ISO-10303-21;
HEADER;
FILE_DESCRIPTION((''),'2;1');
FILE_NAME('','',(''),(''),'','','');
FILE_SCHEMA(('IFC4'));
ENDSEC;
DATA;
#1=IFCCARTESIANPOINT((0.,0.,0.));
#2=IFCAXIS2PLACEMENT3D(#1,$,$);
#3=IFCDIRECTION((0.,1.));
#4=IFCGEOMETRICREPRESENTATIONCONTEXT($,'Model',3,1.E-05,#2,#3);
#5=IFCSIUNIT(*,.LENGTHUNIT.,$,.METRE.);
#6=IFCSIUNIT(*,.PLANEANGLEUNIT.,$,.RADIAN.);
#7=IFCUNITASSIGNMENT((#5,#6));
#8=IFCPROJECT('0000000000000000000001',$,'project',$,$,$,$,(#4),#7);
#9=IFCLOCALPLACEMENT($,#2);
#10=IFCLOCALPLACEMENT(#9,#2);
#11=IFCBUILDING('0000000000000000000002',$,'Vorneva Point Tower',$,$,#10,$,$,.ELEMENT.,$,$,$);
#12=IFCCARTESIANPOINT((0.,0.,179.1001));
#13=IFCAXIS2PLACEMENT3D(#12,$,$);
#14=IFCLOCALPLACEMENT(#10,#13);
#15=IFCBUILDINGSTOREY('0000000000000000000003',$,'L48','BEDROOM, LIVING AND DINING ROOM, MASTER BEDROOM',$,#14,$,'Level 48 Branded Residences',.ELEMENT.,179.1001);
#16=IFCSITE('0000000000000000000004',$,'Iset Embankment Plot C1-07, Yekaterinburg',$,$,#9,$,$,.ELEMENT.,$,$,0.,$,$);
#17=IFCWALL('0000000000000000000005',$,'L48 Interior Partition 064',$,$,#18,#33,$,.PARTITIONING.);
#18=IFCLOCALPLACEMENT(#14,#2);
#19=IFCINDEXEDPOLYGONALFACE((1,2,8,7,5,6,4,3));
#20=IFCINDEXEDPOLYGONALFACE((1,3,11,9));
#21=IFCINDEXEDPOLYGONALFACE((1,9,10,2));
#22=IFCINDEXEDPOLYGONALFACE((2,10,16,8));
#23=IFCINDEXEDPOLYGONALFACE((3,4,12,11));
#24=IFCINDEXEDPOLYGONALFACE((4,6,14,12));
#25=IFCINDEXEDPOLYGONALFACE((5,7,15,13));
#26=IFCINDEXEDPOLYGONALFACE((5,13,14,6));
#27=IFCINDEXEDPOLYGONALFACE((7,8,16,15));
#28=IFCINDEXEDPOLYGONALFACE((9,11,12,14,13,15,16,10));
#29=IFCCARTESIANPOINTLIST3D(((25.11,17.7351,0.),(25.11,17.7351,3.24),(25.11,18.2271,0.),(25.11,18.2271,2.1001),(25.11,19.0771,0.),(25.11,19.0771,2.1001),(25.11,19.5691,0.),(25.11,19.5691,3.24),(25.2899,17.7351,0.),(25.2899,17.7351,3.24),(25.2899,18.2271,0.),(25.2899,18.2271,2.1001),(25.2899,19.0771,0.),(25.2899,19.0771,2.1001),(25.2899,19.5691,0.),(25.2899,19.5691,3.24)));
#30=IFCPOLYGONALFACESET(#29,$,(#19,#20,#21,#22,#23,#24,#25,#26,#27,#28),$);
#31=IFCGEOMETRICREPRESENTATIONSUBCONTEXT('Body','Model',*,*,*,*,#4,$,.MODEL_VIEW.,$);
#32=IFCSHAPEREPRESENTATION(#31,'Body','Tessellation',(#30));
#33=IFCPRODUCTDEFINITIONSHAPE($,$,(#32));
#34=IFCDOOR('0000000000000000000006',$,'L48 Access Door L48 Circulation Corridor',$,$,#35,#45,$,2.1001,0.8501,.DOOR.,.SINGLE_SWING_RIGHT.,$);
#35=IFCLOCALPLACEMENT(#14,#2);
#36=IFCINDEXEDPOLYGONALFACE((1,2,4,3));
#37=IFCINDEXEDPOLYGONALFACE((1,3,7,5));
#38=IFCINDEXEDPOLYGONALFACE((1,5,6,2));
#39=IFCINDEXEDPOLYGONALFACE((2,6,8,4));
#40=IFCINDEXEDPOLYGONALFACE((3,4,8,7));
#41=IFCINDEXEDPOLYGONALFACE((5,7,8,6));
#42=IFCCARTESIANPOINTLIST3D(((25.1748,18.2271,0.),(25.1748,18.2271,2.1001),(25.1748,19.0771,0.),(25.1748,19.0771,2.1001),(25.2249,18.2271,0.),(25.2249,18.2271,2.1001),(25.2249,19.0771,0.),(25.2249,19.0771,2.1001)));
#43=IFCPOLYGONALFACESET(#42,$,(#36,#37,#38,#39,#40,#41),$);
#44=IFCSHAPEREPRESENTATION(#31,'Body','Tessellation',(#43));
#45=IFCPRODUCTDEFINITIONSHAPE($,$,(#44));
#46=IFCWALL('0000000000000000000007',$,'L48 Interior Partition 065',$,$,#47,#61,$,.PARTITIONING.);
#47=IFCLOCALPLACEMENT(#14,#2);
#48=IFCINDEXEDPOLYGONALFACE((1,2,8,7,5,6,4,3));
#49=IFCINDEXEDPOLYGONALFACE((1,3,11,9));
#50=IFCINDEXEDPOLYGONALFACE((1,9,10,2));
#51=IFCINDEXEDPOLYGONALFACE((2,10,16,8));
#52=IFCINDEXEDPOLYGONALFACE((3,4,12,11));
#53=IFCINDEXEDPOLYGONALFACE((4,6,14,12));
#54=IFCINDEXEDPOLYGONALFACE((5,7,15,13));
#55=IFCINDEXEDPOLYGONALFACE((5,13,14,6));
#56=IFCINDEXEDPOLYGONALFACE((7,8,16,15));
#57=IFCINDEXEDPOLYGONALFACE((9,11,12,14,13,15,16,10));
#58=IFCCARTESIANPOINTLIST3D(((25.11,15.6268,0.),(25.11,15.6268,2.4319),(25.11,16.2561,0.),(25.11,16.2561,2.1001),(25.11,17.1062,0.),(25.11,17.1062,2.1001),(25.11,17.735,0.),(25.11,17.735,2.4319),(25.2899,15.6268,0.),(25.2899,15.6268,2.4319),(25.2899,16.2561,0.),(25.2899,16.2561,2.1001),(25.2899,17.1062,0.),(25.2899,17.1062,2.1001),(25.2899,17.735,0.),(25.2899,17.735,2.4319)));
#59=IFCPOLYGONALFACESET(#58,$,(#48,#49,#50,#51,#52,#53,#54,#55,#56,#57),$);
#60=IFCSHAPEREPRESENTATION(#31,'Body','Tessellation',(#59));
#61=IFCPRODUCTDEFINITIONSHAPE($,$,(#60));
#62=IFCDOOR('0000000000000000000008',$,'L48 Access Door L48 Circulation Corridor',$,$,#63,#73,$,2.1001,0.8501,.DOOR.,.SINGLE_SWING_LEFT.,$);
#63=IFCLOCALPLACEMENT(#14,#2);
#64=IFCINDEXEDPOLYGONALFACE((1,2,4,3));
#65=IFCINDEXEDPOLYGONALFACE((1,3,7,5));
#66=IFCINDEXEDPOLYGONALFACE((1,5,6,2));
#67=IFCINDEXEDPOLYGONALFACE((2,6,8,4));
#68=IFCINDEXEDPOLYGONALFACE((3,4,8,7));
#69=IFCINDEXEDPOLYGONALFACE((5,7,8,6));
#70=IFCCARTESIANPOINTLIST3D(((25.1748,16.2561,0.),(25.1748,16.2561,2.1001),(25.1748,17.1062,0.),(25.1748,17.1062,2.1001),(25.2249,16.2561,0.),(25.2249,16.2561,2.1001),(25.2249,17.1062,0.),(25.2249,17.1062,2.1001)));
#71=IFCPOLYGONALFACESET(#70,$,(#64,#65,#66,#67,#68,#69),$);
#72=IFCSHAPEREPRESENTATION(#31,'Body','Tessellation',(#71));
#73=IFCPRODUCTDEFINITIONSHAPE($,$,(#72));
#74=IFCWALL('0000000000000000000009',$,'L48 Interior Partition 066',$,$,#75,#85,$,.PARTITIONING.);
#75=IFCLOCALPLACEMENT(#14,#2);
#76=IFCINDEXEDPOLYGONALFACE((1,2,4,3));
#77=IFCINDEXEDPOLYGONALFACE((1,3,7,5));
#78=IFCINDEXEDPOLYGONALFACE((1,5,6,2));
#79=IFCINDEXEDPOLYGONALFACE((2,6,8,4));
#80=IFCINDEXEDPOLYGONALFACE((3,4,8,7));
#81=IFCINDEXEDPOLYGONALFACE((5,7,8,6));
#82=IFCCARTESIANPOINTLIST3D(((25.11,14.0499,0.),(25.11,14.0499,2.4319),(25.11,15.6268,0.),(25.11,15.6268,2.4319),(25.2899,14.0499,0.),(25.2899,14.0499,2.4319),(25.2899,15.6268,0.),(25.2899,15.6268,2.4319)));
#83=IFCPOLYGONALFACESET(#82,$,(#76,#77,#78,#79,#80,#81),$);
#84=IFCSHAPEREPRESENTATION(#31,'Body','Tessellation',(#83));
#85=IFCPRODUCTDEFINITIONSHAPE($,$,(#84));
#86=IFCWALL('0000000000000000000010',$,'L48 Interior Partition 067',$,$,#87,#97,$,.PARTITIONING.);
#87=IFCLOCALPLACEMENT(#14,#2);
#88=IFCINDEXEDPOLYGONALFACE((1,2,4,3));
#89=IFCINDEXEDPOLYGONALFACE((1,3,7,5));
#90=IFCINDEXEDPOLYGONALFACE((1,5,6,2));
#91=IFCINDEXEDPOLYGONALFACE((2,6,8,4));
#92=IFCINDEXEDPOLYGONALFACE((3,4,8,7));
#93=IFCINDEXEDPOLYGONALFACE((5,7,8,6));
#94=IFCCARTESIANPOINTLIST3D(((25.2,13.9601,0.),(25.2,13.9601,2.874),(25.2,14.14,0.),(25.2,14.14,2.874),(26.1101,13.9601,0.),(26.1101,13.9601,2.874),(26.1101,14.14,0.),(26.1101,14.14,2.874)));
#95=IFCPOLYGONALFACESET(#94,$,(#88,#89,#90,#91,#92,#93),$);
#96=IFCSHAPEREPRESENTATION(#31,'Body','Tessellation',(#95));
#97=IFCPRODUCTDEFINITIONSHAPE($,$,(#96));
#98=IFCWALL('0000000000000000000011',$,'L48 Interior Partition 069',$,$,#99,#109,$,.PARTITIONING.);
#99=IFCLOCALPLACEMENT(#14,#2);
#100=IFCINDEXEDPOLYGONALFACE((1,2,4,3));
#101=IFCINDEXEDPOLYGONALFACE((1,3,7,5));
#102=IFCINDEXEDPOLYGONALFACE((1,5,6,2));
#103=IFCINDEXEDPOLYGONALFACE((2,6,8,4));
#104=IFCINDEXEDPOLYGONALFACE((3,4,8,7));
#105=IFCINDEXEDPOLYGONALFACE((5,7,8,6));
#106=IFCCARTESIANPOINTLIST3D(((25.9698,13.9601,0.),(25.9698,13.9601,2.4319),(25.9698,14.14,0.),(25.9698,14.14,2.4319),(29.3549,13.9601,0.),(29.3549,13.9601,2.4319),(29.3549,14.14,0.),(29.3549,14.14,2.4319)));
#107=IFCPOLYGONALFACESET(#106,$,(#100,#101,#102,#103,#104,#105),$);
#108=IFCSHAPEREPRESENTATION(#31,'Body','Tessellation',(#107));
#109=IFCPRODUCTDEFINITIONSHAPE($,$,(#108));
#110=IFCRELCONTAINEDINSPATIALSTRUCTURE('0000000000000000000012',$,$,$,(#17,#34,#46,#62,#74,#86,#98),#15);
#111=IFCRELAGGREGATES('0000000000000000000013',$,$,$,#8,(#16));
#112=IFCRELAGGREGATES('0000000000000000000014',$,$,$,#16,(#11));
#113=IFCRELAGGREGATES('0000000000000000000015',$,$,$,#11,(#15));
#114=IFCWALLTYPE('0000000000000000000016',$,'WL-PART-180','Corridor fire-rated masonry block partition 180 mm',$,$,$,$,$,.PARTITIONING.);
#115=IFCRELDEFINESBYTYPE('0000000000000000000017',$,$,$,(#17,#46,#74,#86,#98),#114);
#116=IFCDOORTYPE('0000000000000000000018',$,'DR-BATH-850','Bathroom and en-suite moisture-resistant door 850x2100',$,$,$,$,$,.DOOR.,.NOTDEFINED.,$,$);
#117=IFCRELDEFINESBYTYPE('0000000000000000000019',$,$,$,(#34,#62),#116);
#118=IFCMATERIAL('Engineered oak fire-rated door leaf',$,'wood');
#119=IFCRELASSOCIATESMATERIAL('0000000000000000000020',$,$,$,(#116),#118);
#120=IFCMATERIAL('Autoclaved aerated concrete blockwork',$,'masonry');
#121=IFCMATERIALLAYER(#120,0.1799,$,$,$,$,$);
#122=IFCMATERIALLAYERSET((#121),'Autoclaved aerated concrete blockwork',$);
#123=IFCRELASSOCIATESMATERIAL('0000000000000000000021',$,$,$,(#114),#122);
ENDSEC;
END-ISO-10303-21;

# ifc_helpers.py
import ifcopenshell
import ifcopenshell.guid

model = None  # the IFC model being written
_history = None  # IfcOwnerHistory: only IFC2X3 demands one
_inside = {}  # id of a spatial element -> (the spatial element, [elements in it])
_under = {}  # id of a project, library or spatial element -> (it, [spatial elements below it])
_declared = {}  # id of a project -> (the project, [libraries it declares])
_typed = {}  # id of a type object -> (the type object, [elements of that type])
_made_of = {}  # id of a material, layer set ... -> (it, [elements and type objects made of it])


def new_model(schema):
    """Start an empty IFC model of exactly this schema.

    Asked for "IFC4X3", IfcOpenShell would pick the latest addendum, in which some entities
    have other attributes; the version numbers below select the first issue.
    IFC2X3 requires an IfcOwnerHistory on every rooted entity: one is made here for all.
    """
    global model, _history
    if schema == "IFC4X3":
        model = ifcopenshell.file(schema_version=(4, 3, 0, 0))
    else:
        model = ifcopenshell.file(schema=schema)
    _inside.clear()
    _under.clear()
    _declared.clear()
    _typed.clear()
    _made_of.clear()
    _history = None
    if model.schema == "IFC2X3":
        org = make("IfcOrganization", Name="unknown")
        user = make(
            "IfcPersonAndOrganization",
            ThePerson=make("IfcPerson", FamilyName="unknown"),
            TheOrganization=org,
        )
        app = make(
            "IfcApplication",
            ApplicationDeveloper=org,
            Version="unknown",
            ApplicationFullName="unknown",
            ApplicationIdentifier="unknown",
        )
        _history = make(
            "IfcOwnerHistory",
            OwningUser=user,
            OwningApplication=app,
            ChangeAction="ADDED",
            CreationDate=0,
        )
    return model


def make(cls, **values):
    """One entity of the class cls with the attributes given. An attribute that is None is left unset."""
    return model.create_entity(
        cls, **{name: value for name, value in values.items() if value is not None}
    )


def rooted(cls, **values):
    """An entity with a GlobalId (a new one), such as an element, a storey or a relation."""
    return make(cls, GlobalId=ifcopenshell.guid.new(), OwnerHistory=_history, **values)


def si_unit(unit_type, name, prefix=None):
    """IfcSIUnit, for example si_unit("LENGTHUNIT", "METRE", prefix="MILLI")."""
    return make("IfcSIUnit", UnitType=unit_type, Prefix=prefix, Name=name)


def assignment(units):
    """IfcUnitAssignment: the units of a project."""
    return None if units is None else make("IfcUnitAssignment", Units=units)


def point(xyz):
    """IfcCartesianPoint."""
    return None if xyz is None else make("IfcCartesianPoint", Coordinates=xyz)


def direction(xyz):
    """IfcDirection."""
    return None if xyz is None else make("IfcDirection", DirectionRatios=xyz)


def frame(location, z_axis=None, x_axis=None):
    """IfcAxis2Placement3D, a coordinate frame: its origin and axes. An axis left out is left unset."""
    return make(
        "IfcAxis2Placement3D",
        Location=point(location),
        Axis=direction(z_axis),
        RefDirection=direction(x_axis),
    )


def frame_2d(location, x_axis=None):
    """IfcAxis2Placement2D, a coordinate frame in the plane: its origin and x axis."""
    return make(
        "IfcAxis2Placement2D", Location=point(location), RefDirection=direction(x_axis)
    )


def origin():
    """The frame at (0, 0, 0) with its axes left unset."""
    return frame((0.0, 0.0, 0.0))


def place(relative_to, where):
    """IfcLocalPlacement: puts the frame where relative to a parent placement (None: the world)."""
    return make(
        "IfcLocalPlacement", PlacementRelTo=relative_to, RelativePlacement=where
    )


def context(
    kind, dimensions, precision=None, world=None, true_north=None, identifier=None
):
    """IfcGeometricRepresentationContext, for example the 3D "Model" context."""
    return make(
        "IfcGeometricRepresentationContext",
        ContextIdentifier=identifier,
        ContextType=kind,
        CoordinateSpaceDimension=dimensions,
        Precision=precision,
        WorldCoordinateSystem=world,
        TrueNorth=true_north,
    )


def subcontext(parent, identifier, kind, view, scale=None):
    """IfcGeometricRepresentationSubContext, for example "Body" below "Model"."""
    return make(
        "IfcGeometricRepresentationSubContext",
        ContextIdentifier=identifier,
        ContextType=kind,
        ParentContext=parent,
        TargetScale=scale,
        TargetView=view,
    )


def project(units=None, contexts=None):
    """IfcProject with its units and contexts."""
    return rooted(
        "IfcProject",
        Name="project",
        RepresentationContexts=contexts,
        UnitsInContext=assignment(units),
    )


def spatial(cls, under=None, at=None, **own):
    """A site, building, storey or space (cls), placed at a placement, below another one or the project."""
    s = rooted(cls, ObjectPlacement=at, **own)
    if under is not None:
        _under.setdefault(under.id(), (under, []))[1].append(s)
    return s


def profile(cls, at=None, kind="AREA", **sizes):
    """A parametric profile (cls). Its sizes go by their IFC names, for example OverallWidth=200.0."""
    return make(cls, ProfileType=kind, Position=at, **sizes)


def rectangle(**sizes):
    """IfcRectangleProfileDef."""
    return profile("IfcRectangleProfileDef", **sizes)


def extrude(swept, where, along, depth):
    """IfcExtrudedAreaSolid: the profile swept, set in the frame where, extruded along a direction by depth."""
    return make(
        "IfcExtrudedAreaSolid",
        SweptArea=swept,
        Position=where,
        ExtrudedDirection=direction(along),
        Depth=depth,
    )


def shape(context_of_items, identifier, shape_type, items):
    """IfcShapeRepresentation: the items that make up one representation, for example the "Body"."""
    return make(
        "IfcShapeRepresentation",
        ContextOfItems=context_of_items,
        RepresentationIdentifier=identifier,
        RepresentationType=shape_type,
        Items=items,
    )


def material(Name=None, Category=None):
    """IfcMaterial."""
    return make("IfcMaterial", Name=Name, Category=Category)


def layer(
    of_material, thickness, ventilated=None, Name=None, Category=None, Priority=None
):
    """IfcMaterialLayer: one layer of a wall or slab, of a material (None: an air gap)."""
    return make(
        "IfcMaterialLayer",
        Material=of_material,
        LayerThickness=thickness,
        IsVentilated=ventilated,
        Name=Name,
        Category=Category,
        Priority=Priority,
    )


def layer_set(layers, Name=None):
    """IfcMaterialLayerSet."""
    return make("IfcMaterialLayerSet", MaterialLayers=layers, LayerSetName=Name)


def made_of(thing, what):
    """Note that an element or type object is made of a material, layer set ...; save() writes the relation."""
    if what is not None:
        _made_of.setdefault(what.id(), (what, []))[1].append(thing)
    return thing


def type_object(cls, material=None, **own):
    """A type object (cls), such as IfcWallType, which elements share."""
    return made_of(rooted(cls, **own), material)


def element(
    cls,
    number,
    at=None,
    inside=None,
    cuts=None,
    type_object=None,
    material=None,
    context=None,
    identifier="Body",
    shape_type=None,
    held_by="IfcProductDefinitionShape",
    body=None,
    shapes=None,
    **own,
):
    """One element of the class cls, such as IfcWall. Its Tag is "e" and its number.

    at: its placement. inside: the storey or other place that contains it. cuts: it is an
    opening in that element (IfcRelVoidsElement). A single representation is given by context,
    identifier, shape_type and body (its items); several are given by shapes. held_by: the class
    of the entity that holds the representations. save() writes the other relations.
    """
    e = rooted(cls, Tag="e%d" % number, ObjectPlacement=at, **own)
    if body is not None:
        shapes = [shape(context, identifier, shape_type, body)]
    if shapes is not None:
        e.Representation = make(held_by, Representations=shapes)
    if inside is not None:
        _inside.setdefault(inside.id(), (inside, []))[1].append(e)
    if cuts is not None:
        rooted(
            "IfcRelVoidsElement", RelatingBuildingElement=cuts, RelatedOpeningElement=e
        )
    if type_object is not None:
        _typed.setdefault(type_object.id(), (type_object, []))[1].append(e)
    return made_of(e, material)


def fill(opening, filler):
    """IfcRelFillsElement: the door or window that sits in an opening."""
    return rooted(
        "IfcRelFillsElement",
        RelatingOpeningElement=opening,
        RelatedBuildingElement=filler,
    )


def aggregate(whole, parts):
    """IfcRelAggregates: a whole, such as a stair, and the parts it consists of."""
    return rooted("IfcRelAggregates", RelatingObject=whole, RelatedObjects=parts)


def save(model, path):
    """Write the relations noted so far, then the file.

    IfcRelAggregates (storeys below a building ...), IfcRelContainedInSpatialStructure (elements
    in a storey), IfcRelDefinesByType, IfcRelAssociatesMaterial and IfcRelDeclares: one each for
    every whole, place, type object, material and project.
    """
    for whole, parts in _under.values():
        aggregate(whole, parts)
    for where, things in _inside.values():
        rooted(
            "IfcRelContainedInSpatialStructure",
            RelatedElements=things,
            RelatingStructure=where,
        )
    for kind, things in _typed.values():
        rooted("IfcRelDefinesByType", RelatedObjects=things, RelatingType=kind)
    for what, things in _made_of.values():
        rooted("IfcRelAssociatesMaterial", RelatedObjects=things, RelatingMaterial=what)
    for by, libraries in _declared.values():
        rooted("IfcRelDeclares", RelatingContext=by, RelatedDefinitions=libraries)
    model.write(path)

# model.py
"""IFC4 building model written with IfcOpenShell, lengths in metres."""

from ifc_helpers import new_model, si_unit, direction, frame, frame_2d, origin, place, context, subcontext, project, spatial, rectangle, extrude, material, layer, layer_set, type_object, element, fill, save


model = new_model("IFC4")

# Units and contexts
model_context = context("Model", 3, precision=1e-05, world=origin(), true_north=direction((0.0, 1.0)))
body_context = subcontext(model_context, "Body", "Model", "MODEL_VIEW")
ifc_project = project(units=[si_unit("LENGTHUNIT", "METRE"), si_unit("PLANEANGLEUNIT", "RADIAN")], contexts=[model_context])

# Site, building, storey
site_placement = place(None, origin())
site = spatial("IfcSite", under=ifc_project, at=site_placement, Name="Iset Embankment Plot C1-07, Yekaterinburg", CompositionType="ELEMENT", RefElevation=0.0)
building_placement = place(site_placement, origin())
building = spatial("IfcBuilding", under=site, at=building_placement, Name="Vorneva Point Tower", CompositionType="ELEMENT")
storey_placement = place(building_placement, frame((0.0, 0.0, 179.1001)))
storey = spatial("IfcBuildingStorey", under=building, at=storey_placement, Name="L48", Description="BEDROOM, LIVING AND DINING ROOM, MASTER BEDROOM", LongName="Level 48 Branded Residences", CompositionType="ELEMENT", Elevation=179.1001)

# Shared definitions
ifc_material_1 = material(Name="Engineered oak fire-rated door leaf", Category="wood")
door_type_1 = type_object("IfcDoorType", Name="DR-BATH-850", Description="Bathroom and en-suite moisture-resistant door 850x2100", OperationType="NOTDEFINED", PredefinedType="DOOR", material=ifc_material_1)

# Shared definitions
ifc_material_2 = material(Name="Autoclaved aerated concrete blockwork", Category="masonry")
ifc_layer_1 = layer(ifc_material_2, 0.1799)
ifc_layer_set_1 = layer_set([ifc_layer_1], Name="Autoclaved aerated concrete blockwork")
wall_type_1 = type_object("IfcWallType", Name="WL-PART-180", Description="Corridor fire-rated masonry block partition 180 mm", PredefinedType="PARTITIONING", material=ifc_layer_set_1)

# Walls, openings, doors
wall_1_placement = place(storey_placement, frame((25.2, 19.5691, 0.0), z_axis=(0.0, 0.0, 1.0), x_axis=(0.0, -1.0, 0.0)))
wall_1 = element("IfcWall", 1, at=wall_1_placement, inside=storey, type_object=wall_type_1, Name="L48 Interior Partition 064", PredefinedType="PARTITIONING", context=body_context, shape_type="SweptSolid", body=[
    extrude(rectangle(XDim=1.834, YDim=0.1799, at=frame_2d((0.917, 0.0))), origin(), (0.0, 0.0, 1.0), 3.24),
])
opening_1_placement = place(wall_1_placement, frame((0.4919, 0.0, 0.0)))
opening_1 = element("IfcOpeningElement", 2, at=opening_1_placement, cuts=wall_1, PredefinedType="OPENING", context=body_context, shape_type="SweptSolid", body=[
    extrude(rectangle(XDim=0.8501, YDim=2.1001, at=frame_2d((0.425, 1.05))), frame((0.0, 0.105, 0.0), z_axis=(0.0, -1.0, 0.0), x_axis=(1.0, 0.0, 0.0)), (0.0, 0.0, 1.0), 0.2097),
])
door_1_placement = place(opening_1_placement, origin())
door_1 = element("IfcDoor", 3, at=door_1_placement, inside=storey, type_object=door_type_1, Name="L48 Access Door L48 Circulation Corridor", OperationType="SINGLE_SWING_RIGHT", OverallHeight=2.1001, OverallWidth=0.8501, PredefinedType="DOOR", context=body_context, shape_type="SweptSolid", body=[
    extrude(rectangle(XDim=0.8501, YDim=2.1001, at=frame_2d((0.425, 1.05))), frame((0.0, 0.0249, 0.0), z_axis=(0.0, -1.0, 0.0), x_axis=(1.0, 0.0, 0.0)), (0.0, 0.0, 1.0), 0.05),
])
fill(opening_1, door_1)
wall_2_placement = place(storey_placement, frame((25.2, 17.7351, 0.0), z_axis=(0.0, 0.0, 1.0), x_axis=(0.0, -1.0, 0.0)))
wall_2 = element("IfcWall", 4, at=wall_2_placement, inside=storey, type_object=wall_type_1, Name="L48 Interior Partition 065", PredefinedType="PARTITIONING", context=body_context, shape_type="SweptSolid", body=[
    extrude(rectangle(XDim=2.1082, YDim=0.1799, at=frame_2d((1.0542, 0.0))), origin(), (0.0, 0.0, 1.0), 2.4319),
])
opening_2_placement = place(wall_2_placement, frame((0.6289, 0.0, 0.0)))
opening_2 = element("IfcOpeningElement", 5, at=opening_2_placement, cuts=wall_2, PredefinedType="OPENING", context=body_context, shape_type="SweptSolid", body=[
    extrude(rectangle(XDim=0.8501, YDim=2.1001, at=frame_2d((0.425, 1.05))), frame((0.0, 0.105, 0.0), z_axis=(0.0, -1.0, 0.0), x_axis=(1.0, 0.0, 0.0)), (0.0, 0.0, 1.0), 0.2097),
])
door_2_placement = place(opening_2_placement, origin())
door_2 = element("IfcDoor", 6, at=door_2_placement, inside=storey, type_object=door_type_1, Name="L48 Access Door L48 Circulation Corridor", OperationType="SINGLE_SWING_LEFT", OverallHeight=2.1001, OverallWidth=0.8501, PredefinedType="DOOR", context=body_context, shape_type="SweptSolid", body=[
    extrude(rectangle(XDim=0.8501, YDim=2.1001, at=frame_2d((0.425, 1.05))), frame((0.0, 0.0249, 0.0), z_axis=(0.0, -1.0, 0.0), x_axis=(1.0, 0.0, 0.0)), (0.0, 0.0, 1.0), 0.05),
])
fill(opening_2, door_2)

# Walls
wall_3_placement = place(storey_placement, frame((25.2, 15.627, 0.0), z_axis=(0.0, 0.0, 1.0), x_axis=(0.0, -1.0, 0.0)))
element("IfcWall", 7, at=wall_3_placement, inside=storey, type_object=wall_type_1, Name="L48 Interior Partition 066", PredefinedType="PARTITIONING", context=body_context, shape_type="SweptSolid", body=[
    extrude(rectangle(XDim=1.5769, YDim=0.1799, at=frame_2d((0.7886, 0.0))), origin(), (0.0, 0.0, 1.0), 2.4319),
])
wall_4_placement = place(storey_placement, frame((25.2, 14.05, 0.0), z_axis=(0.0, 0.0, 1.0), x_axis=(1.0, 0.0, 0.0)))
element("IfcWall", 8, at=wall_4_placement, inside=storey, type_object=wall_type_1, Name="L48 Interior Partition 067", PredefinedType="PARTITIONING", context=body_context, shape_type="SweptSolid", body=[
    extrude(rectangle(XDim=0.9102, YDim=0.1799, at=frame_2d((0.4551, 0.0))), origin(), (0.0, 0.0, 1.0), 2.874),
])
wall_5_placement = place(storey_placement, frame((25.97, 14.05, 0.0), z_axis=(0.0, 0.0, 1.0), x_axis=(1.0, 0.0, 0.0)))
element("IfcWall", 9, at=wall_5_placement, inside=storey, type_object=wall_type_1, Name="L48 Interior Partition 069", PredefinedType="PARTITIONING", context=body_context, shape_type="SweptSolid", body=[
    extrude(rectangle(XDim=3.385, YDim=0.1799, at=frame_2d((1.6924, 0.0))), origin(), (0.0, 0.0, 1.0), 2.4319),
])

save(model, "model.ifc")
